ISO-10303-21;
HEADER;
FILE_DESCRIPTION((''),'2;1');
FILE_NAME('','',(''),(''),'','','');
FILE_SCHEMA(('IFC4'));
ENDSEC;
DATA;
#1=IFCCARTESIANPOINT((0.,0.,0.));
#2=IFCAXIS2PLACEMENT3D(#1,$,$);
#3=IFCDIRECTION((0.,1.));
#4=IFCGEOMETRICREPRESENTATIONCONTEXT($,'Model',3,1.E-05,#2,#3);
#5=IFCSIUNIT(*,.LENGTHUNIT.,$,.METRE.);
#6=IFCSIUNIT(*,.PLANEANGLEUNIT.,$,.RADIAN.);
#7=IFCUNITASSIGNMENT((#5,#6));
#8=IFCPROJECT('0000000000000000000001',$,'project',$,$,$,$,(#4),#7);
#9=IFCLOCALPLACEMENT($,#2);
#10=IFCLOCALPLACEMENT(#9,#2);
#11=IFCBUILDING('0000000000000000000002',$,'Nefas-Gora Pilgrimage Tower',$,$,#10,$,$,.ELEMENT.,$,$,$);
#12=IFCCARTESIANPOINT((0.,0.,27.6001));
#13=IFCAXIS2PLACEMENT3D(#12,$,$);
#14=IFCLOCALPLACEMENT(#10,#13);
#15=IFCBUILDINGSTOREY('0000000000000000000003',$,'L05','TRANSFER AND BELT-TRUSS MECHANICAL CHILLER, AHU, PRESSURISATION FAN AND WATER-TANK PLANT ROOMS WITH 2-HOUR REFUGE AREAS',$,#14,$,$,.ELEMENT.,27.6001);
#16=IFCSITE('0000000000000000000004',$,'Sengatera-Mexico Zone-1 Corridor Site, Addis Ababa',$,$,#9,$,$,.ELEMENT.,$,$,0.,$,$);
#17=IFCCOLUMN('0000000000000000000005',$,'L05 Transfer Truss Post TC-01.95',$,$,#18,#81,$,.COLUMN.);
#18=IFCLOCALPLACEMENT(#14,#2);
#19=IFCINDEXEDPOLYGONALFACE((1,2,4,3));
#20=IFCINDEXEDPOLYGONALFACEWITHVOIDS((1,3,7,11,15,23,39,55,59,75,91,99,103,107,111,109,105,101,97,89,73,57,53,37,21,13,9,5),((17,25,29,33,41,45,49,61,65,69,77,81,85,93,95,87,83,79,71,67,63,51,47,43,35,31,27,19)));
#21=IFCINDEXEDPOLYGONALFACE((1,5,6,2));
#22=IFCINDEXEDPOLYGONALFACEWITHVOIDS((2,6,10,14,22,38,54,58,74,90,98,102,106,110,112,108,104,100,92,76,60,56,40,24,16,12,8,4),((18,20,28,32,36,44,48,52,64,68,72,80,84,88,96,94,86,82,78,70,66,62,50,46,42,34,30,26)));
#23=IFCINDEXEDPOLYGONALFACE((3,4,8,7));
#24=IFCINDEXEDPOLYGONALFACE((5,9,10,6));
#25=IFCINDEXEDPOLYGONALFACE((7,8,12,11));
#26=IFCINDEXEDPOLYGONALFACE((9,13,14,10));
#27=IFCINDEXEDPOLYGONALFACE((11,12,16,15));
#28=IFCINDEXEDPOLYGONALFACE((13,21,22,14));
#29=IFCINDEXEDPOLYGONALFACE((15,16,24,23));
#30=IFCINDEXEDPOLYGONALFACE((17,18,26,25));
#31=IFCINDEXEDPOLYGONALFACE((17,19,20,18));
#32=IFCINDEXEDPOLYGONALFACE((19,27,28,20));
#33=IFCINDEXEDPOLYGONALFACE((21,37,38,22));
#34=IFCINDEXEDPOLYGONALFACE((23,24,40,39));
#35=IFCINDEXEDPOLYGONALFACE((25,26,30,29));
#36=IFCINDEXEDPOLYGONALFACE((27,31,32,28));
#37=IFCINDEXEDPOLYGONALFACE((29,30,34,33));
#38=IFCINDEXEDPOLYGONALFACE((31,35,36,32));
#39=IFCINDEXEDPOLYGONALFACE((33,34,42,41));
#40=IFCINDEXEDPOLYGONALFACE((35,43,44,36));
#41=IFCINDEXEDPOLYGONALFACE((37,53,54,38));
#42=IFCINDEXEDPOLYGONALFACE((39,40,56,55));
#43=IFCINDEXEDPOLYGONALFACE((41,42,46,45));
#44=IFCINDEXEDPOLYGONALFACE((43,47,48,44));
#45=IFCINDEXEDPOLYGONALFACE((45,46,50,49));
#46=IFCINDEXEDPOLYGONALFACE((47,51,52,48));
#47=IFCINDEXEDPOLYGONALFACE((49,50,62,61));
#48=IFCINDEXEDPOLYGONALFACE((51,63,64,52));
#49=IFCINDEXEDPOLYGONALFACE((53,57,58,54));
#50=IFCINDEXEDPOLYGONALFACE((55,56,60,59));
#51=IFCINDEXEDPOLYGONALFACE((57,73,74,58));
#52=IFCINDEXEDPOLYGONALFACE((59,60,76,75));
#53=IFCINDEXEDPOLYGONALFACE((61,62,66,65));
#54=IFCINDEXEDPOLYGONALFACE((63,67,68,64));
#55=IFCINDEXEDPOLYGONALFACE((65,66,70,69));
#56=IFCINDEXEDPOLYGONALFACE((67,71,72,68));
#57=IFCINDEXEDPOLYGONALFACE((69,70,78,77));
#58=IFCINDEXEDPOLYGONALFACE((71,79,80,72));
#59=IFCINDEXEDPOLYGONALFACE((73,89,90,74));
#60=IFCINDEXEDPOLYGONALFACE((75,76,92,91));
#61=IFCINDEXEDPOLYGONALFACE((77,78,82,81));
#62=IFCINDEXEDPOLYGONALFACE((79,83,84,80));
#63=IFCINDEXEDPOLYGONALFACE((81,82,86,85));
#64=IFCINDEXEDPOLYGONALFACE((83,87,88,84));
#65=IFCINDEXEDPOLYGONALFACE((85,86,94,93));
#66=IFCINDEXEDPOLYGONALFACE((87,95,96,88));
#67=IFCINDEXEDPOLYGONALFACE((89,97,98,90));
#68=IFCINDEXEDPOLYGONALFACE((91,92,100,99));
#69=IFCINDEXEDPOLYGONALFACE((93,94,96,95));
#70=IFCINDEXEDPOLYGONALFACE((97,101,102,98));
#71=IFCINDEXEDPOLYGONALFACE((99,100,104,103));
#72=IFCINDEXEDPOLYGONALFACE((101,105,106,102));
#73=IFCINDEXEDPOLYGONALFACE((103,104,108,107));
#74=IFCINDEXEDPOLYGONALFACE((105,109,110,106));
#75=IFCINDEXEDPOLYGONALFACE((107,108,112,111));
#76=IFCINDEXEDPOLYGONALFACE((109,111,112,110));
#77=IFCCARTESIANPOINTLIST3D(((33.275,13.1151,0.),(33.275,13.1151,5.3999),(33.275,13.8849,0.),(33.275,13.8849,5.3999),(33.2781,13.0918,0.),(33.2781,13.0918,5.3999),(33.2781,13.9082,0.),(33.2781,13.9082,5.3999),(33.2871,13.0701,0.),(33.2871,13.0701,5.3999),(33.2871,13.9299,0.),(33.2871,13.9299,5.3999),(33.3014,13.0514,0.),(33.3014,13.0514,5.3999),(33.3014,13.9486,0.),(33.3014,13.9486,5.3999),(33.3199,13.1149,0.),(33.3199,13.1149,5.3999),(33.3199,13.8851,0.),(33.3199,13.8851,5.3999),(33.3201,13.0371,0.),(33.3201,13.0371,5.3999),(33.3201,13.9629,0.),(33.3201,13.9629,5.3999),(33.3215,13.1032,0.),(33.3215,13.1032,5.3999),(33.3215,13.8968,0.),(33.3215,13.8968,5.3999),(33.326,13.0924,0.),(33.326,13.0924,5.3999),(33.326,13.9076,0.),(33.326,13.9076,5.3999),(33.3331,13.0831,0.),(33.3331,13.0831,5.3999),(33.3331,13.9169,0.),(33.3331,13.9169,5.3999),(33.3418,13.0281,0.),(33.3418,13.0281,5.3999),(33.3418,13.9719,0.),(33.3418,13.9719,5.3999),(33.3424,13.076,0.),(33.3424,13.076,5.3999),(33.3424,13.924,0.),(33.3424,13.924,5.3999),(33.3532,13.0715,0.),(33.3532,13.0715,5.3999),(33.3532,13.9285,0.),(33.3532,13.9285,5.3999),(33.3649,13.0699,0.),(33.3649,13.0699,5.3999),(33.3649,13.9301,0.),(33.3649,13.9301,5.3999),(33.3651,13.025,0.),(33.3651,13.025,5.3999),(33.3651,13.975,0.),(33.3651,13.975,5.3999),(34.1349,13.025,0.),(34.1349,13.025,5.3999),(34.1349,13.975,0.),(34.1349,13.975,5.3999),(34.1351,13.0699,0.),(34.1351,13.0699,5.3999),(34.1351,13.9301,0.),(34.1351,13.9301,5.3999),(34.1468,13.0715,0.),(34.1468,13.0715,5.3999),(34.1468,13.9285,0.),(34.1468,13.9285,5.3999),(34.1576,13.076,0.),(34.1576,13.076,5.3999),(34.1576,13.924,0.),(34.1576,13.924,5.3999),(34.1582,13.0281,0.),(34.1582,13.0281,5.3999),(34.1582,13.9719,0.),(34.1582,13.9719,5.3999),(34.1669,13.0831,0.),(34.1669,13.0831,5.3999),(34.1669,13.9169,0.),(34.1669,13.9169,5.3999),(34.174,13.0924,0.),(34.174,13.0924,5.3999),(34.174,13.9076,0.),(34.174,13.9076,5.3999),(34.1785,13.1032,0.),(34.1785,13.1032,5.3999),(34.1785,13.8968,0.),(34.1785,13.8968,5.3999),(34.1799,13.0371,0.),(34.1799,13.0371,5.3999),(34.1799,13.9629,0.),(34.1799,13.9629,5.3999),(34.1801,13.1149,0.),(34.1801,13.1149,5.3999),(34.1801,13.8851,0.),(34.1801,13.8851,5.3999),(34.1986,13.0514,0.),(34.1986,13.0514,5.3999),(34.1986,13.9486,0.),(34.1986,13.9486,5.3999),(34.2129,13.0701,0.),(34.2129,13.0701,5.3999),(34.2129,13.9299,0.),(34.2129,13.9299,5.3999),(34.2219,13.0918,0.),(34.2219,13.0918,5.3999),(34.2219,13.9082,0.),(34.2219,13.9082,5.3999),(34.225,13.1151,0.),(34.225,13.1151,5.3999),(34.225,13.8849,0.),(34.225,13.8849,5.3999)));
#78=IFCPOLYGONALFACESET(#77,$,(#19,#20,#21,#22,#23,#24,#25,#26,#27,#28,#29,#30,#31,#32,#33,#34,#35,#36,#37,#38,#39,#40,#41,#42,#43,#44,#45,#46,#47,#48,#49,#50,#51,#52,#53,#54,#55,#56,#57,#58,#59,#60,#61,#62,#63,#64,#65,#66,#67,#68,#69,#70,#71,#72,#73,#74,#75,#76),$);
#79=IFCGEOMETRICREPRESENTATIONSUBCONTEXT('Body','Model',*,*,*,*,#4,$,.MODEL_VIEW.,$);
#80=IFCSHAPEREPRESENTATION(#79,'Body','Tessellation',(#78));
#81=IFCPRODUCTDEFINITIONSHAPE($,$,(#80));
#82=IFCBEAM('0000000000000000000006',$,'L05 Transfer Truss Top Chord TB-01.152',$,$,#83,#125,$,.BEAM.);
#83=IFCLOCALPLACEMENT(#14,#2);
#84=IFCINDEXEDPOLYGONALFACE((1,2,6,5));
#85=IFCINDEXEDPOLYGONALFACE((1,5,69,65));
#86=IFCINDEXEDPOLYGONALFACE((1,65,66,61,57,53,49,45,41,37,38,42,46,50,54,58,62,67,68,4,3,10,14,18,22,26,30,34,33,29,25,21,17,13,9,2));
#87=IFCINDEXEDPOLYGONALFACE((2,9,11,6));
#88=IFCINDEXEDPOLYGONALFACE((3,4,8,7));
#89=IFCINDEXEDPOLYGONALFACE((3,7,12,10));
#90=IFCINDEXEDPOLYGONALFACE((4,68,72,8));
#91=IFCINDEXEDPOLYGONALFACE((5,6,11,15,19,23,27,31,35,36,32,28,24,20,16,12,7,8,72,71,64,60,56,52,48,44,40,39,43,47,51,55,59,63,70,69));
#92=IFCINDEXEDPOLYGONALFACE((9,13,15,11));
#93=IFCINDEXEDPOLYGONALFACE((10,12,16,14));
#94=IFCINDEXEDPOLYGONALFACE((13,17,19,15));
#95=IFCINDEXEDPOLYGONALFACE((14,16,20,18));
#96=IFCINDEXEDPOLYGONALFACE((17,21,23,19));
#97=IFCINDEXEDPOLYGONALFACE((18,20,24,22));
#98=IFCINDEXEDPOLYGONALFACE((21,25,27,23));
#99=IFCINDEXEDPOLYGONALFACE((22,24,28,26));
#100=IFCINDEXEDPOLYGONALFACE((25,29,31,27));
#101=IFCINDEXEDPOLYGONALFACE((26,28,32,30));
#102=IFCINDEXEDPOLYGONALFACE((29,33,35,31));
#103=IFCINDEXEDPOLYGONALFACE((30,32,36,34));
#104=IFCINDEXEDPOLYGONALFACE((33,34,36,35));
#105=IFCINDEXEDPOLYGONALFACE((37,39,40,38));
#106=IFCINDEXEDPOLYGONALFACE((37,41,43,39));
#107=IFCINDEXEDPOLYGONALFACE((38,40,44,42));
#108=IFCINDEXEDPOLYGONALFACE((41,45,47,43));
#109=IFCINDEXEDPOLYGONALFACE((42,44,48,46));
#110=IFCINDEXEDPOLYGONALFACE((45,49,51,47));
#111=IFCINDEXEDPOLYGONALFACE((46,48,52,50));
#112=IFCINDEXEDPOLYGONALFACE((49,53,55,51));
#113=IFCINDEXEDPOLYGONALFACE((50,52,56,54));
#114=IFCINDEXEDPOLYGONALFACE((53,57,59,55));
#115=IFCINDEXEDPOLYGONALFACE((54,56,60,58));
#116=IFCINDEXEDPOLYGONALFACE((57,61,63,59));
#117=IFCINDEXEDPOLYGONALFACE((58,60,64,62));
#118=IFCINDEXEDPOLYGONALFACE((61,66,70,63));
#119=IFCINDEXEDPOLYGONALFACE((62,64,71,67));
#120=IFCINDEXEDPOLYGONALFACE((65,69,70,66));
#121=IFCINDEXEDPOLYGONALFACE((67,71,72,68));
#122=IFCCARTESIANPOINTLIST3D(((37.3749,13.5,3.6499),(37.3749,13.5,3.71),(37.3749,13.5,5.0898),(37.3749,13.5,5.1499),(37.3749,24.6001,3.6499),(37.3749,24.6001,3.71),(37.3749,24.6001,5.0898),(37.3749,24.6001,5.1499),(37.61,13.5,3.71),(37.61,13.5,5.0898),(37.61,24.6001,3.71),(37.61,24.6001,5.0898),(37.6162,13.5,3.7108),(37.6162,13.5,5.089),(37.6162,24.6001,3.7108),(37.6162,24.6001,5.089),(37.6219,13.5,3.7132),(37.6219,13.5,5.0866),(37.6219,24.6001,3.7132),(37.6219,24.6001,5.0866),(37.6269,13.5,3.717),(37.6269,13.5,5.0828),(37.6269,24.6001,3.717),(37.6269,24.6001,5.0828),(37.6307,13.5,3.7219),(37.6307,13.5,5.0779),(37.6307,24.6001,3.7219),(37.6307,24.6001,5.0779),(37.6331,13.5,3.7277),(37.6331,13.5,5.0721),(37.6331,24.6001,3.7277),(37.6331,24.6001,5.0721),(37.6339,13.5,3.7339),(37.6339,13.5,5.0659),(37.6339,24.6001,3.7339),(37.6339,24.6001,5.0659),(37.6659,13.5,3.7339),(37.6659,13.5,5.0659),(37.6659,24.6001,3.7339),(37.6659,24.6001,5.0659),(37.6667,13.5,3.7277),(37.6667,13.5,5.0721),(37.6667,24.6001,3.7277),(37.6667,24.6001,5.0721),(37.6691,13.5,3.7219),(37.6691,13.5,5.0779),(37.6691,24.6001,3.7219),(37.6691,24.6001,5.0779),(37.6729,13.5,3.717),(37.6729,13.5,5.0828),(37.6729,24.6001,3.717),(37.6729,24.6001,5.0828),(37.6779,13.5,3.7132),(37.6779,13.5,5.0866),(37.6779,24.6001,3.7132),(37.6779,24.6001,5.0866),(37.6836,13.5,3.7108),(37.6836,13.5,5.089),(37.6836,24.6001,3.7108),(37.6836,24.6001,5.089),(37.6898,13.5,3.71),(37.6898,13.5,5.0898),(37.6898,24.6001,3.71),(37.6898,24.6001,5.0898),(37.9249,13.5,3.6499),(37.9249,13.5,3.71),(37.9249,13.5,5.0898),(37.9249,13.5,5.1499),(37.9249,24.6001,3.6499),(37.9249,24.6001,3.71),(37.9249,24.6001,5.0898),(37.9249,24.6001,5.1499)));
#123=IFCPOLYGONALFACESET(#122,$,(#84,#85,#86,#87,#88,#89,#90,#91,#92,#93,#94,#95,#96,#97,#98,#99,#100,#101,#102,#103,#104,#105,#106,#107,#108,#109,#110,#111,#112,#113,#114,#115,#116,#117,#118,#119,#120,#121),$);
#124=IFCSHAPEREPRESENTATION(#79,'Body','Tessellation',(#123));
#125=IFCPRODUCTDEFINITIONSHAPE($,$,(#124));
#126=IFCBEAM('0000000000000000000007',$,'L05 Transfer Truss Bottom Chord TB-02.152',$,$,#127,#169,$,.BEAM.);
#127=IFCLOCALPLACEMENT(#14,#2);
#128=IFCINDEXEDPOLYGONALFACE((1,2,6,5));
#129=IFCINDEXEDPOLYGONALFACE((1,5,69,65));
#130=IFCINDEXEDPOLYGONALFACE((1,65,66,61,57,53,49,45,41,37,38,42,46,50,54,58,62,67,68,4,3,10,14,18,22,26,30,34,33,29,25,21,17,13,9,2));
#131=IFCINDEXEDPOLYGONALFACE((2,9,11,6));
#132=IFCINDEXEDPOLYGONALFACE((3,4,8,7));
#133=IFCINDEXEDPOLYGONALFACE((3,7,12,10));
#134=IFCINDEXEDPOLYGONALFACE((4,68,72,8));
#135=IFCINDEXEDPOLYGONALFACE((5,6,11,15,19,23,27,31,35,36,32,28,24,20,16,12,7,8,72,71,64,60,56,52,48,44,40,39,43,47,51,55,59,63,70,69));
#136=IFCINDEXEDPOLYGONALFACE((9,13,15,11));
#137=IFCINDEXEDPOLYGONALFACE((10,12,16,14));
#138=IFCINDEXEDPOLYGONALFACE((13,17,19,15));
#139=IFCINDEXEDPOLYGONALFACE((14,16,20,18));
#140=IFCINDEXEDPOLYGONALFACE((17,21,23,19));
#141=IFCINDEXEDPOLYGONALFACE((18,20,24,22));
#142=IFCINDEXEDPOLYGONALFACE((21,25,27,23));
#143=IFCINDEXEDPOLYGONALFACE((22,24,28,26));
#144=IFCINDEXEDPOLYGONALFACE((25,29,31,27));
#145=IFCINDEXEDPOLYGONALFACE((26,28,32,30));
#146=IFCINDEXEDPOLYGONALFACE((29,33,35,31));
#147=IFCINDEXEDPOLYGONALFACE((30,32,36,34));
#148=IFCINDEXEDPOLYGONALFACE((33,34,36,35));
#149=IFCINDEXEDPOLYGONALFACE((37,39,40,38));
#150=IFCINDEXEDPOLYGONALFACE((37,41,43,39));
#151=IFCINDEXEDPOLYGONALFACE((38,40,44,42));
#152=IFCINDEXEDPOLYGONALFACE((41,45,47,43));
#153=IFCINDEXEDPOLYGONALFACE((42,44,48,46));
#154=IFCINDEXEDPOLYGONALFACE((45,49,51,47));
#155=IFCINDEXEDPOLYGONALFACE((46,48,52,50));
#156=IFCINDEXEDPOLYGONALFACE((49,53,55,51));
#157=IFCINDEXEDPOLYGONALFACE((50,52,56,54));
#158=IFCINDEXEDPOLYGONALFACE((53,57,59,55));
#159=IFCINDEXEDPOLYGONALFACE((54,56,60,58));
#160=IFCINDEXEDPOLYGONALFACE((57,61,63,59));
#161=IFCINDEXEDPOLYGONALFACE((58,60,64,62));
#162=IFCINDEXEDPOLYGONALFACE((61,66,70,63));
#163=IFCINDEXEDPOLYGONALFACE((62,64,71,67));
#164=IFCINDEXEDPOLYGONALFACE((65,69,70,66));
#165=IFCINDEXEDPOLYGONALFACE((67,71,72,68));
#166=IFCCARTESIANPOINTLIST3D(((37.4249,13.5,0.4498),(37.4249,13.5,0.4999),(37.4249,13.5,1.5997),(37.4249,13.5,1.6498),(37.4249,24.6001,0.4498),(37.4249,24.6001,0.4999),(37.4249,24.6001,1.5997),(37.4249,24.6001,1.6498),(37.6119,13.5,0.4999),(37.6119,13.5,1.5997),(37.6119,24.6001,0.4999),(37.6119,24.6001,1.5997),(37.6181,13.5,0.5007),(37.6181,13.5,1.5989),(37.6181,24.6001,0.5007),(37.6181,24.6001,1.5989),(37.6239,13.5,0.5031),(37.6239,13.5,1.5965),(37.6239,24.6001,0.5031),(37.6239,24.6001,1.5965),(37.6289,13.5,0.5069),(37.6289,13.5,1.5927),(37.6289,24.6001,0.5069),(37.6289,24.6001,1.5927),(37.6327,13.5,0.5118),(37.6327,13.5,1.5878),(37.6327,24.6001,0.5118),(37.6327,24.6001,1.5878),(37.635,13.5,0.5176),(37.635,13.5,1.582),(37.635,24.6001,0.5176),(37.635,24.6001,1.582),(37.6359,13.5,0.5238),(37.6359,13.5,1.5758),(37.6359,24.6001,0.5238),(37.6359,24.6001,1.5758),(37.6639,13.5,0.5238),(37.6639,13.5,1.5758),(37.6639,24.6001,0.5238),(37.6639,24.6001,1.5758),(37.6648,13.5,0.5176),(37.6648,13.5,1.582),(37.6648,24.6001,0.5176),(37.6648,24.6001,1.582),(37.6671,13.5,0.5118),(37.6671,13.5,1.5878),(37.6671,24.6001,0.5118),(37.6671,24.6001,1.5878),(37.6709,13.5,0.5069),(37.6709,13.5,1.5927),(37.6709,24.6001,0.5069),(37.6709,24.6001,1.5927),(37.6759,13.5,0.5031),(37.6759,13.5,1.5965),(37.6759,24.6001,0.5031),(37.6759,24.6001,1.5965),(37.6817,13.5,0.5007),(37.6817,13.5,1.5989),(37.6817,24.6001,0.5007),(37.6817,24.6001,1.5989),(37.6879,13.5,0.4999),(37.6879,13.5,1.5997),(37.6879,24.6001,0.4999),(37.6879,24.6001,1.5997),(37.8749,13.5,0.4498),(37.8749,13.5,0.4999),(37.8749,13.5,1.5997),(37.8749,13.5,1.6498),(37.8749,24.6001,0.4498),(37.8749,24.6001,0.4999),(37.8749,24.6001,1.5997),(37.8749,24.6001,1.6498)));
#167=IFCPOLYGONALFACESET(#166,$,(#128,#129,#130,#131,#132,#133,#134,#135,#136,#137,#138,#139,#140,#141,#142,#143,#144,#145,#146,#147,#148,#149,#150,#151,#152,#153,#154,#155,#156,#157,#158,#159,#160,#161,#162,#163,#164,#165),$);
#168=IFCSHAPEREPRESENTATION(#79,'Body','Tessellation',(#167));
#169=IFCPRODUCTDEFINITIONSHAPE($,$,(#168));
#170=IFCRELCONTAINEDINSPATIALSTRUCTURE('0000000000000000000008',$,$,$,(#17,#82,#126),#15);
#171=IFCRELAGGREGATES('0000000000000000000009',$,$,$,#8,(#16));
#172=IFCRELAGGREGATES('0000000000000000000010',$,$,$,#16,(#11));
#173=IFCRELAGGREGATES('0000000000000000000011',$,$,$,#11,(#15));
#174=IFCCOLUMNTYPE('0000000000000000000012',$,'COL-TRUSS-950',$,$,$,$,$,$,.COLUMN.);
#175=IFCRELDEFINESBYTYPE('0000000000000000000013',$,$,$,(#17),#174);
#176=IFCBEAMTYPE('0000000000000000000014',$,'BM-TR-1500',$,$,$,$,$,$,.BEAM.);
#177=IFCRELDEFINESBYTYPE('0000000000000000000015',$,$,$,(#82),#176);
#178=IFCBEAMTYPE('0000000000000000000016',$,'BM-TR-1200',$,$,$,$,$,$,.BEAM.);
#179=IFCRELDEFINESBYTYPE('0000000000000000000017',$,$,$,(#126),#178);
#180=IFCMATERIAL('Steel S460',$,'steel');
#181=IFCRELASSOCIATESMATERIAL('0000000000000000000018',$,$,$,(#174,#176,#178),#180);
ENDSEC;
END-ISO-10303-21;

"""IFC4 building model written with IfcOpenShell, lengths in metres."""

from ifc_helpers import new_model, si_unit, direction, frame, origin, origin_2d, place, context, subcontext, project, spatial, hollow_rectangle, i_section, extrude, source, transform, mapped, material, material_profile, profile_set, type_object, element, save


model = new_model("IFC4")

# Units and contexts
model_context = context("Model", 3, precision=1e-05, world=origin(), true_north=direction((0.0, 1.0)))
body_context = subcontext(model_context, "Body", "Model", "MODEL_VIEW")
ifc_project = project(units=[si_unit("LENGTHUNIT", "METRE"), si_unit("PLANEANGLEUNIT", "RADIAN")], contexts=[model_context])

# Site, building, storey
site_placement = place(None, origin())
site = spatial("IfcSite", under=ifc_project, at=site_placement, Name="Sengatera-Mexico Zone-1 Corridor Site, Addis Ababa", CompositionType="ELEMENT", RefElevation=0.0)
building_placement = place(site_placement, origin())
building = spatial("IfcBuilding", under=site, at=building_placement, Name="Nefas-Gora Pilgrimage Tower", CompositionType="ELEMENT")
storey_placement = place(building_placement, frame((0.0, 0.0, 27.6001)))
storey = spatial("IfcBuildingStorey", under=building, at=storey_placement, Name="L05", Description="TRANSFER AND BELT-TRUSS MECHANICAL CHILLER, AHU, PRESSURISATION FAN AND WATER-TANK PLANT ROOMS WITH 2-HOUR REFUGE AREAS", CompositionType="ELEMENT", Elevation=27.6001)

# Column
ifc_material_1 = material(Name="Steel S460", Category="steel")
ifc_material_profile_1 = material_profile(ifc_material_1, hollow_rectangle(XDim=0.95, YDim=0.95, WallThickness=0.0449, InnerFilletRadius=0.0449, OuterFilletRadius=0.0901, at=origin_2d()), Name="BOX 950x950x45")
ifc_profile_set_1 = profile_set([ifc_material_profile_1], Name="Steel S460")
column_type_1 = type_object("IfcColumnType", Name="COL-TRUSS-950", PredefinedType="COLUMN", material=ifc_profile_set_1)
shared_shape_1 = source(origin(), body_context, "Body", "SweptSolid", [
    extrude(hollow_rectangle(XDim=0.95, YDim=0.95, WallThickness=0.0449, InnerFilletRadius=0.0449, OuterFilletRadius=0.0901, at=origin_2d()), origin(), (0.0, 0.0, 1.0), 5.3999),
])
column_placement = place(storey_placement, frame((33.75, 13.5, 0.0), z_axis=(0.0, 0.0, 1.0), x_axis=(1.0, 0.0, 0.0)))
element("IfcColumn", 1, at=column_placement, inside=storey, type_object=column_type_1, Name="L05 Transfer Truss Post TC-01.95", PredefinedType="COLUMN", context=body_context, shape_type="MappedRepresentation", body=[
    mapped(shared_shape_1, transform((0.0, 0.0, 0.0), x_axis=(1.0, 0.0, 0.0), y_axis=(0.0, 1.0, 0.0), z_axis=(0.0, 0.0, 1.0), scale=1.0)),
])

# Beams
ifc_material_profile_2 = material_profile(ifc_material_1, i_section(OverallWidth=0.55, OverallDepth=1.5, WebThickness=0.032, FlangeThickness=0.0601, FilletRadius=0.0239, at=origin_2d()), Name="WPG 1500x550x32x60")
ifc_profile_set_2 = profile_set([ifc_material_profile_2], Name="Steel S460")
beam_type_1 = type_object("IfcBeamType", Name="BM-TR-1500", PredefinedType="BEAM", material=ifc_profile_set_2)
shared_shape_2 = source(origin(), body_context, "Body", "SweptSolid", [
    extrude(i_section(OverallWidth=0.55, OverallDepth=1.5, WebThickness=0.032, FlangeThickness=0.0601, FilletRadius=0.0239, at=origin_2d()), origin(), (0.0, 0.0, 1.0), 11.1001),
])
beam_1_placement = place(storey_placement, frame((37.6499, 13.5, 4.3999), z_axis=(0.0, 1.0, 0.0), x_axis=(-1.0, 0.0, 0.0)))
element("IfcBeam", 2, at=beam_1_placement, inside=storey, type_object=beam_type_1, Name="L05 Transfer Truss Top Chord TB-01.152", PredefinedType="BEAM", context=body_context, shape_type="MappedRepresentation", body=[
    mapped(shared_shape_2, transform((0.0, 0.0, 0.0), x_axis=(1.0, 0.0, 0.0), y_axis=(0.0, 1.0, 0.0), z_axis=(0.0, 0.0, 1.0), scale=1.0)),
])
ifc_material_profile_3 = material_profile(ifc_material_1, i_section(OverallWidth=0.45, OverallDepth=1.2, WebThickness=0.0281, FlangeThickness=0.05, FilletRadius=0.0239, at=origin_2d()), Name="WPG 1200x450x28x50")
ifc_profile_set_3 = profile_set([ifc_material_profile_3], Name="Steel S460")
beam_type_2 = type_object("IfcBeamType", Name="BM-TR-1200", PredefinedType="BEAM", material=ifc_profile_set_3)
shared_shape_3 = source(origin(), body_context, "Body", "SweptSolid", [
    extrude(i_section(OverallWidth=0.45, OverallDepth=1.2, WebThickness=0.0281, FlangeThickness=0.05, FilletRadius=0.0239, at=origin_2d()), origin(), (0.0, 0.0, 1.0), 11.1001),
])
beam_2_placement = place(storey_placement, frame((37.6499, 13.5, 1.0498), z_axis=(0.0, 1.0, 0.0), x_axis=(-1.0, 0.0, 0.0)))
element("IfcBeam", 3, at=beam_2_placement, inside=storey, type_object=beam_type_2, Name="L05 Transfer Truss Bottom Chord TB-02.152", PredefinedType="BEAM", context=body_context, shape_type="MappedRepresentation", body=[
    mapped(shared_shape_3, transform((0.0, 0.0, 0.0), x_axis=(1.0, 0.0, 0.0), y_axis=(0.0, 1.0, 0.0), z_axis=(0.0, 0.0, 1.0), scale=1.0)),
])

save(model, "model.ifc")
